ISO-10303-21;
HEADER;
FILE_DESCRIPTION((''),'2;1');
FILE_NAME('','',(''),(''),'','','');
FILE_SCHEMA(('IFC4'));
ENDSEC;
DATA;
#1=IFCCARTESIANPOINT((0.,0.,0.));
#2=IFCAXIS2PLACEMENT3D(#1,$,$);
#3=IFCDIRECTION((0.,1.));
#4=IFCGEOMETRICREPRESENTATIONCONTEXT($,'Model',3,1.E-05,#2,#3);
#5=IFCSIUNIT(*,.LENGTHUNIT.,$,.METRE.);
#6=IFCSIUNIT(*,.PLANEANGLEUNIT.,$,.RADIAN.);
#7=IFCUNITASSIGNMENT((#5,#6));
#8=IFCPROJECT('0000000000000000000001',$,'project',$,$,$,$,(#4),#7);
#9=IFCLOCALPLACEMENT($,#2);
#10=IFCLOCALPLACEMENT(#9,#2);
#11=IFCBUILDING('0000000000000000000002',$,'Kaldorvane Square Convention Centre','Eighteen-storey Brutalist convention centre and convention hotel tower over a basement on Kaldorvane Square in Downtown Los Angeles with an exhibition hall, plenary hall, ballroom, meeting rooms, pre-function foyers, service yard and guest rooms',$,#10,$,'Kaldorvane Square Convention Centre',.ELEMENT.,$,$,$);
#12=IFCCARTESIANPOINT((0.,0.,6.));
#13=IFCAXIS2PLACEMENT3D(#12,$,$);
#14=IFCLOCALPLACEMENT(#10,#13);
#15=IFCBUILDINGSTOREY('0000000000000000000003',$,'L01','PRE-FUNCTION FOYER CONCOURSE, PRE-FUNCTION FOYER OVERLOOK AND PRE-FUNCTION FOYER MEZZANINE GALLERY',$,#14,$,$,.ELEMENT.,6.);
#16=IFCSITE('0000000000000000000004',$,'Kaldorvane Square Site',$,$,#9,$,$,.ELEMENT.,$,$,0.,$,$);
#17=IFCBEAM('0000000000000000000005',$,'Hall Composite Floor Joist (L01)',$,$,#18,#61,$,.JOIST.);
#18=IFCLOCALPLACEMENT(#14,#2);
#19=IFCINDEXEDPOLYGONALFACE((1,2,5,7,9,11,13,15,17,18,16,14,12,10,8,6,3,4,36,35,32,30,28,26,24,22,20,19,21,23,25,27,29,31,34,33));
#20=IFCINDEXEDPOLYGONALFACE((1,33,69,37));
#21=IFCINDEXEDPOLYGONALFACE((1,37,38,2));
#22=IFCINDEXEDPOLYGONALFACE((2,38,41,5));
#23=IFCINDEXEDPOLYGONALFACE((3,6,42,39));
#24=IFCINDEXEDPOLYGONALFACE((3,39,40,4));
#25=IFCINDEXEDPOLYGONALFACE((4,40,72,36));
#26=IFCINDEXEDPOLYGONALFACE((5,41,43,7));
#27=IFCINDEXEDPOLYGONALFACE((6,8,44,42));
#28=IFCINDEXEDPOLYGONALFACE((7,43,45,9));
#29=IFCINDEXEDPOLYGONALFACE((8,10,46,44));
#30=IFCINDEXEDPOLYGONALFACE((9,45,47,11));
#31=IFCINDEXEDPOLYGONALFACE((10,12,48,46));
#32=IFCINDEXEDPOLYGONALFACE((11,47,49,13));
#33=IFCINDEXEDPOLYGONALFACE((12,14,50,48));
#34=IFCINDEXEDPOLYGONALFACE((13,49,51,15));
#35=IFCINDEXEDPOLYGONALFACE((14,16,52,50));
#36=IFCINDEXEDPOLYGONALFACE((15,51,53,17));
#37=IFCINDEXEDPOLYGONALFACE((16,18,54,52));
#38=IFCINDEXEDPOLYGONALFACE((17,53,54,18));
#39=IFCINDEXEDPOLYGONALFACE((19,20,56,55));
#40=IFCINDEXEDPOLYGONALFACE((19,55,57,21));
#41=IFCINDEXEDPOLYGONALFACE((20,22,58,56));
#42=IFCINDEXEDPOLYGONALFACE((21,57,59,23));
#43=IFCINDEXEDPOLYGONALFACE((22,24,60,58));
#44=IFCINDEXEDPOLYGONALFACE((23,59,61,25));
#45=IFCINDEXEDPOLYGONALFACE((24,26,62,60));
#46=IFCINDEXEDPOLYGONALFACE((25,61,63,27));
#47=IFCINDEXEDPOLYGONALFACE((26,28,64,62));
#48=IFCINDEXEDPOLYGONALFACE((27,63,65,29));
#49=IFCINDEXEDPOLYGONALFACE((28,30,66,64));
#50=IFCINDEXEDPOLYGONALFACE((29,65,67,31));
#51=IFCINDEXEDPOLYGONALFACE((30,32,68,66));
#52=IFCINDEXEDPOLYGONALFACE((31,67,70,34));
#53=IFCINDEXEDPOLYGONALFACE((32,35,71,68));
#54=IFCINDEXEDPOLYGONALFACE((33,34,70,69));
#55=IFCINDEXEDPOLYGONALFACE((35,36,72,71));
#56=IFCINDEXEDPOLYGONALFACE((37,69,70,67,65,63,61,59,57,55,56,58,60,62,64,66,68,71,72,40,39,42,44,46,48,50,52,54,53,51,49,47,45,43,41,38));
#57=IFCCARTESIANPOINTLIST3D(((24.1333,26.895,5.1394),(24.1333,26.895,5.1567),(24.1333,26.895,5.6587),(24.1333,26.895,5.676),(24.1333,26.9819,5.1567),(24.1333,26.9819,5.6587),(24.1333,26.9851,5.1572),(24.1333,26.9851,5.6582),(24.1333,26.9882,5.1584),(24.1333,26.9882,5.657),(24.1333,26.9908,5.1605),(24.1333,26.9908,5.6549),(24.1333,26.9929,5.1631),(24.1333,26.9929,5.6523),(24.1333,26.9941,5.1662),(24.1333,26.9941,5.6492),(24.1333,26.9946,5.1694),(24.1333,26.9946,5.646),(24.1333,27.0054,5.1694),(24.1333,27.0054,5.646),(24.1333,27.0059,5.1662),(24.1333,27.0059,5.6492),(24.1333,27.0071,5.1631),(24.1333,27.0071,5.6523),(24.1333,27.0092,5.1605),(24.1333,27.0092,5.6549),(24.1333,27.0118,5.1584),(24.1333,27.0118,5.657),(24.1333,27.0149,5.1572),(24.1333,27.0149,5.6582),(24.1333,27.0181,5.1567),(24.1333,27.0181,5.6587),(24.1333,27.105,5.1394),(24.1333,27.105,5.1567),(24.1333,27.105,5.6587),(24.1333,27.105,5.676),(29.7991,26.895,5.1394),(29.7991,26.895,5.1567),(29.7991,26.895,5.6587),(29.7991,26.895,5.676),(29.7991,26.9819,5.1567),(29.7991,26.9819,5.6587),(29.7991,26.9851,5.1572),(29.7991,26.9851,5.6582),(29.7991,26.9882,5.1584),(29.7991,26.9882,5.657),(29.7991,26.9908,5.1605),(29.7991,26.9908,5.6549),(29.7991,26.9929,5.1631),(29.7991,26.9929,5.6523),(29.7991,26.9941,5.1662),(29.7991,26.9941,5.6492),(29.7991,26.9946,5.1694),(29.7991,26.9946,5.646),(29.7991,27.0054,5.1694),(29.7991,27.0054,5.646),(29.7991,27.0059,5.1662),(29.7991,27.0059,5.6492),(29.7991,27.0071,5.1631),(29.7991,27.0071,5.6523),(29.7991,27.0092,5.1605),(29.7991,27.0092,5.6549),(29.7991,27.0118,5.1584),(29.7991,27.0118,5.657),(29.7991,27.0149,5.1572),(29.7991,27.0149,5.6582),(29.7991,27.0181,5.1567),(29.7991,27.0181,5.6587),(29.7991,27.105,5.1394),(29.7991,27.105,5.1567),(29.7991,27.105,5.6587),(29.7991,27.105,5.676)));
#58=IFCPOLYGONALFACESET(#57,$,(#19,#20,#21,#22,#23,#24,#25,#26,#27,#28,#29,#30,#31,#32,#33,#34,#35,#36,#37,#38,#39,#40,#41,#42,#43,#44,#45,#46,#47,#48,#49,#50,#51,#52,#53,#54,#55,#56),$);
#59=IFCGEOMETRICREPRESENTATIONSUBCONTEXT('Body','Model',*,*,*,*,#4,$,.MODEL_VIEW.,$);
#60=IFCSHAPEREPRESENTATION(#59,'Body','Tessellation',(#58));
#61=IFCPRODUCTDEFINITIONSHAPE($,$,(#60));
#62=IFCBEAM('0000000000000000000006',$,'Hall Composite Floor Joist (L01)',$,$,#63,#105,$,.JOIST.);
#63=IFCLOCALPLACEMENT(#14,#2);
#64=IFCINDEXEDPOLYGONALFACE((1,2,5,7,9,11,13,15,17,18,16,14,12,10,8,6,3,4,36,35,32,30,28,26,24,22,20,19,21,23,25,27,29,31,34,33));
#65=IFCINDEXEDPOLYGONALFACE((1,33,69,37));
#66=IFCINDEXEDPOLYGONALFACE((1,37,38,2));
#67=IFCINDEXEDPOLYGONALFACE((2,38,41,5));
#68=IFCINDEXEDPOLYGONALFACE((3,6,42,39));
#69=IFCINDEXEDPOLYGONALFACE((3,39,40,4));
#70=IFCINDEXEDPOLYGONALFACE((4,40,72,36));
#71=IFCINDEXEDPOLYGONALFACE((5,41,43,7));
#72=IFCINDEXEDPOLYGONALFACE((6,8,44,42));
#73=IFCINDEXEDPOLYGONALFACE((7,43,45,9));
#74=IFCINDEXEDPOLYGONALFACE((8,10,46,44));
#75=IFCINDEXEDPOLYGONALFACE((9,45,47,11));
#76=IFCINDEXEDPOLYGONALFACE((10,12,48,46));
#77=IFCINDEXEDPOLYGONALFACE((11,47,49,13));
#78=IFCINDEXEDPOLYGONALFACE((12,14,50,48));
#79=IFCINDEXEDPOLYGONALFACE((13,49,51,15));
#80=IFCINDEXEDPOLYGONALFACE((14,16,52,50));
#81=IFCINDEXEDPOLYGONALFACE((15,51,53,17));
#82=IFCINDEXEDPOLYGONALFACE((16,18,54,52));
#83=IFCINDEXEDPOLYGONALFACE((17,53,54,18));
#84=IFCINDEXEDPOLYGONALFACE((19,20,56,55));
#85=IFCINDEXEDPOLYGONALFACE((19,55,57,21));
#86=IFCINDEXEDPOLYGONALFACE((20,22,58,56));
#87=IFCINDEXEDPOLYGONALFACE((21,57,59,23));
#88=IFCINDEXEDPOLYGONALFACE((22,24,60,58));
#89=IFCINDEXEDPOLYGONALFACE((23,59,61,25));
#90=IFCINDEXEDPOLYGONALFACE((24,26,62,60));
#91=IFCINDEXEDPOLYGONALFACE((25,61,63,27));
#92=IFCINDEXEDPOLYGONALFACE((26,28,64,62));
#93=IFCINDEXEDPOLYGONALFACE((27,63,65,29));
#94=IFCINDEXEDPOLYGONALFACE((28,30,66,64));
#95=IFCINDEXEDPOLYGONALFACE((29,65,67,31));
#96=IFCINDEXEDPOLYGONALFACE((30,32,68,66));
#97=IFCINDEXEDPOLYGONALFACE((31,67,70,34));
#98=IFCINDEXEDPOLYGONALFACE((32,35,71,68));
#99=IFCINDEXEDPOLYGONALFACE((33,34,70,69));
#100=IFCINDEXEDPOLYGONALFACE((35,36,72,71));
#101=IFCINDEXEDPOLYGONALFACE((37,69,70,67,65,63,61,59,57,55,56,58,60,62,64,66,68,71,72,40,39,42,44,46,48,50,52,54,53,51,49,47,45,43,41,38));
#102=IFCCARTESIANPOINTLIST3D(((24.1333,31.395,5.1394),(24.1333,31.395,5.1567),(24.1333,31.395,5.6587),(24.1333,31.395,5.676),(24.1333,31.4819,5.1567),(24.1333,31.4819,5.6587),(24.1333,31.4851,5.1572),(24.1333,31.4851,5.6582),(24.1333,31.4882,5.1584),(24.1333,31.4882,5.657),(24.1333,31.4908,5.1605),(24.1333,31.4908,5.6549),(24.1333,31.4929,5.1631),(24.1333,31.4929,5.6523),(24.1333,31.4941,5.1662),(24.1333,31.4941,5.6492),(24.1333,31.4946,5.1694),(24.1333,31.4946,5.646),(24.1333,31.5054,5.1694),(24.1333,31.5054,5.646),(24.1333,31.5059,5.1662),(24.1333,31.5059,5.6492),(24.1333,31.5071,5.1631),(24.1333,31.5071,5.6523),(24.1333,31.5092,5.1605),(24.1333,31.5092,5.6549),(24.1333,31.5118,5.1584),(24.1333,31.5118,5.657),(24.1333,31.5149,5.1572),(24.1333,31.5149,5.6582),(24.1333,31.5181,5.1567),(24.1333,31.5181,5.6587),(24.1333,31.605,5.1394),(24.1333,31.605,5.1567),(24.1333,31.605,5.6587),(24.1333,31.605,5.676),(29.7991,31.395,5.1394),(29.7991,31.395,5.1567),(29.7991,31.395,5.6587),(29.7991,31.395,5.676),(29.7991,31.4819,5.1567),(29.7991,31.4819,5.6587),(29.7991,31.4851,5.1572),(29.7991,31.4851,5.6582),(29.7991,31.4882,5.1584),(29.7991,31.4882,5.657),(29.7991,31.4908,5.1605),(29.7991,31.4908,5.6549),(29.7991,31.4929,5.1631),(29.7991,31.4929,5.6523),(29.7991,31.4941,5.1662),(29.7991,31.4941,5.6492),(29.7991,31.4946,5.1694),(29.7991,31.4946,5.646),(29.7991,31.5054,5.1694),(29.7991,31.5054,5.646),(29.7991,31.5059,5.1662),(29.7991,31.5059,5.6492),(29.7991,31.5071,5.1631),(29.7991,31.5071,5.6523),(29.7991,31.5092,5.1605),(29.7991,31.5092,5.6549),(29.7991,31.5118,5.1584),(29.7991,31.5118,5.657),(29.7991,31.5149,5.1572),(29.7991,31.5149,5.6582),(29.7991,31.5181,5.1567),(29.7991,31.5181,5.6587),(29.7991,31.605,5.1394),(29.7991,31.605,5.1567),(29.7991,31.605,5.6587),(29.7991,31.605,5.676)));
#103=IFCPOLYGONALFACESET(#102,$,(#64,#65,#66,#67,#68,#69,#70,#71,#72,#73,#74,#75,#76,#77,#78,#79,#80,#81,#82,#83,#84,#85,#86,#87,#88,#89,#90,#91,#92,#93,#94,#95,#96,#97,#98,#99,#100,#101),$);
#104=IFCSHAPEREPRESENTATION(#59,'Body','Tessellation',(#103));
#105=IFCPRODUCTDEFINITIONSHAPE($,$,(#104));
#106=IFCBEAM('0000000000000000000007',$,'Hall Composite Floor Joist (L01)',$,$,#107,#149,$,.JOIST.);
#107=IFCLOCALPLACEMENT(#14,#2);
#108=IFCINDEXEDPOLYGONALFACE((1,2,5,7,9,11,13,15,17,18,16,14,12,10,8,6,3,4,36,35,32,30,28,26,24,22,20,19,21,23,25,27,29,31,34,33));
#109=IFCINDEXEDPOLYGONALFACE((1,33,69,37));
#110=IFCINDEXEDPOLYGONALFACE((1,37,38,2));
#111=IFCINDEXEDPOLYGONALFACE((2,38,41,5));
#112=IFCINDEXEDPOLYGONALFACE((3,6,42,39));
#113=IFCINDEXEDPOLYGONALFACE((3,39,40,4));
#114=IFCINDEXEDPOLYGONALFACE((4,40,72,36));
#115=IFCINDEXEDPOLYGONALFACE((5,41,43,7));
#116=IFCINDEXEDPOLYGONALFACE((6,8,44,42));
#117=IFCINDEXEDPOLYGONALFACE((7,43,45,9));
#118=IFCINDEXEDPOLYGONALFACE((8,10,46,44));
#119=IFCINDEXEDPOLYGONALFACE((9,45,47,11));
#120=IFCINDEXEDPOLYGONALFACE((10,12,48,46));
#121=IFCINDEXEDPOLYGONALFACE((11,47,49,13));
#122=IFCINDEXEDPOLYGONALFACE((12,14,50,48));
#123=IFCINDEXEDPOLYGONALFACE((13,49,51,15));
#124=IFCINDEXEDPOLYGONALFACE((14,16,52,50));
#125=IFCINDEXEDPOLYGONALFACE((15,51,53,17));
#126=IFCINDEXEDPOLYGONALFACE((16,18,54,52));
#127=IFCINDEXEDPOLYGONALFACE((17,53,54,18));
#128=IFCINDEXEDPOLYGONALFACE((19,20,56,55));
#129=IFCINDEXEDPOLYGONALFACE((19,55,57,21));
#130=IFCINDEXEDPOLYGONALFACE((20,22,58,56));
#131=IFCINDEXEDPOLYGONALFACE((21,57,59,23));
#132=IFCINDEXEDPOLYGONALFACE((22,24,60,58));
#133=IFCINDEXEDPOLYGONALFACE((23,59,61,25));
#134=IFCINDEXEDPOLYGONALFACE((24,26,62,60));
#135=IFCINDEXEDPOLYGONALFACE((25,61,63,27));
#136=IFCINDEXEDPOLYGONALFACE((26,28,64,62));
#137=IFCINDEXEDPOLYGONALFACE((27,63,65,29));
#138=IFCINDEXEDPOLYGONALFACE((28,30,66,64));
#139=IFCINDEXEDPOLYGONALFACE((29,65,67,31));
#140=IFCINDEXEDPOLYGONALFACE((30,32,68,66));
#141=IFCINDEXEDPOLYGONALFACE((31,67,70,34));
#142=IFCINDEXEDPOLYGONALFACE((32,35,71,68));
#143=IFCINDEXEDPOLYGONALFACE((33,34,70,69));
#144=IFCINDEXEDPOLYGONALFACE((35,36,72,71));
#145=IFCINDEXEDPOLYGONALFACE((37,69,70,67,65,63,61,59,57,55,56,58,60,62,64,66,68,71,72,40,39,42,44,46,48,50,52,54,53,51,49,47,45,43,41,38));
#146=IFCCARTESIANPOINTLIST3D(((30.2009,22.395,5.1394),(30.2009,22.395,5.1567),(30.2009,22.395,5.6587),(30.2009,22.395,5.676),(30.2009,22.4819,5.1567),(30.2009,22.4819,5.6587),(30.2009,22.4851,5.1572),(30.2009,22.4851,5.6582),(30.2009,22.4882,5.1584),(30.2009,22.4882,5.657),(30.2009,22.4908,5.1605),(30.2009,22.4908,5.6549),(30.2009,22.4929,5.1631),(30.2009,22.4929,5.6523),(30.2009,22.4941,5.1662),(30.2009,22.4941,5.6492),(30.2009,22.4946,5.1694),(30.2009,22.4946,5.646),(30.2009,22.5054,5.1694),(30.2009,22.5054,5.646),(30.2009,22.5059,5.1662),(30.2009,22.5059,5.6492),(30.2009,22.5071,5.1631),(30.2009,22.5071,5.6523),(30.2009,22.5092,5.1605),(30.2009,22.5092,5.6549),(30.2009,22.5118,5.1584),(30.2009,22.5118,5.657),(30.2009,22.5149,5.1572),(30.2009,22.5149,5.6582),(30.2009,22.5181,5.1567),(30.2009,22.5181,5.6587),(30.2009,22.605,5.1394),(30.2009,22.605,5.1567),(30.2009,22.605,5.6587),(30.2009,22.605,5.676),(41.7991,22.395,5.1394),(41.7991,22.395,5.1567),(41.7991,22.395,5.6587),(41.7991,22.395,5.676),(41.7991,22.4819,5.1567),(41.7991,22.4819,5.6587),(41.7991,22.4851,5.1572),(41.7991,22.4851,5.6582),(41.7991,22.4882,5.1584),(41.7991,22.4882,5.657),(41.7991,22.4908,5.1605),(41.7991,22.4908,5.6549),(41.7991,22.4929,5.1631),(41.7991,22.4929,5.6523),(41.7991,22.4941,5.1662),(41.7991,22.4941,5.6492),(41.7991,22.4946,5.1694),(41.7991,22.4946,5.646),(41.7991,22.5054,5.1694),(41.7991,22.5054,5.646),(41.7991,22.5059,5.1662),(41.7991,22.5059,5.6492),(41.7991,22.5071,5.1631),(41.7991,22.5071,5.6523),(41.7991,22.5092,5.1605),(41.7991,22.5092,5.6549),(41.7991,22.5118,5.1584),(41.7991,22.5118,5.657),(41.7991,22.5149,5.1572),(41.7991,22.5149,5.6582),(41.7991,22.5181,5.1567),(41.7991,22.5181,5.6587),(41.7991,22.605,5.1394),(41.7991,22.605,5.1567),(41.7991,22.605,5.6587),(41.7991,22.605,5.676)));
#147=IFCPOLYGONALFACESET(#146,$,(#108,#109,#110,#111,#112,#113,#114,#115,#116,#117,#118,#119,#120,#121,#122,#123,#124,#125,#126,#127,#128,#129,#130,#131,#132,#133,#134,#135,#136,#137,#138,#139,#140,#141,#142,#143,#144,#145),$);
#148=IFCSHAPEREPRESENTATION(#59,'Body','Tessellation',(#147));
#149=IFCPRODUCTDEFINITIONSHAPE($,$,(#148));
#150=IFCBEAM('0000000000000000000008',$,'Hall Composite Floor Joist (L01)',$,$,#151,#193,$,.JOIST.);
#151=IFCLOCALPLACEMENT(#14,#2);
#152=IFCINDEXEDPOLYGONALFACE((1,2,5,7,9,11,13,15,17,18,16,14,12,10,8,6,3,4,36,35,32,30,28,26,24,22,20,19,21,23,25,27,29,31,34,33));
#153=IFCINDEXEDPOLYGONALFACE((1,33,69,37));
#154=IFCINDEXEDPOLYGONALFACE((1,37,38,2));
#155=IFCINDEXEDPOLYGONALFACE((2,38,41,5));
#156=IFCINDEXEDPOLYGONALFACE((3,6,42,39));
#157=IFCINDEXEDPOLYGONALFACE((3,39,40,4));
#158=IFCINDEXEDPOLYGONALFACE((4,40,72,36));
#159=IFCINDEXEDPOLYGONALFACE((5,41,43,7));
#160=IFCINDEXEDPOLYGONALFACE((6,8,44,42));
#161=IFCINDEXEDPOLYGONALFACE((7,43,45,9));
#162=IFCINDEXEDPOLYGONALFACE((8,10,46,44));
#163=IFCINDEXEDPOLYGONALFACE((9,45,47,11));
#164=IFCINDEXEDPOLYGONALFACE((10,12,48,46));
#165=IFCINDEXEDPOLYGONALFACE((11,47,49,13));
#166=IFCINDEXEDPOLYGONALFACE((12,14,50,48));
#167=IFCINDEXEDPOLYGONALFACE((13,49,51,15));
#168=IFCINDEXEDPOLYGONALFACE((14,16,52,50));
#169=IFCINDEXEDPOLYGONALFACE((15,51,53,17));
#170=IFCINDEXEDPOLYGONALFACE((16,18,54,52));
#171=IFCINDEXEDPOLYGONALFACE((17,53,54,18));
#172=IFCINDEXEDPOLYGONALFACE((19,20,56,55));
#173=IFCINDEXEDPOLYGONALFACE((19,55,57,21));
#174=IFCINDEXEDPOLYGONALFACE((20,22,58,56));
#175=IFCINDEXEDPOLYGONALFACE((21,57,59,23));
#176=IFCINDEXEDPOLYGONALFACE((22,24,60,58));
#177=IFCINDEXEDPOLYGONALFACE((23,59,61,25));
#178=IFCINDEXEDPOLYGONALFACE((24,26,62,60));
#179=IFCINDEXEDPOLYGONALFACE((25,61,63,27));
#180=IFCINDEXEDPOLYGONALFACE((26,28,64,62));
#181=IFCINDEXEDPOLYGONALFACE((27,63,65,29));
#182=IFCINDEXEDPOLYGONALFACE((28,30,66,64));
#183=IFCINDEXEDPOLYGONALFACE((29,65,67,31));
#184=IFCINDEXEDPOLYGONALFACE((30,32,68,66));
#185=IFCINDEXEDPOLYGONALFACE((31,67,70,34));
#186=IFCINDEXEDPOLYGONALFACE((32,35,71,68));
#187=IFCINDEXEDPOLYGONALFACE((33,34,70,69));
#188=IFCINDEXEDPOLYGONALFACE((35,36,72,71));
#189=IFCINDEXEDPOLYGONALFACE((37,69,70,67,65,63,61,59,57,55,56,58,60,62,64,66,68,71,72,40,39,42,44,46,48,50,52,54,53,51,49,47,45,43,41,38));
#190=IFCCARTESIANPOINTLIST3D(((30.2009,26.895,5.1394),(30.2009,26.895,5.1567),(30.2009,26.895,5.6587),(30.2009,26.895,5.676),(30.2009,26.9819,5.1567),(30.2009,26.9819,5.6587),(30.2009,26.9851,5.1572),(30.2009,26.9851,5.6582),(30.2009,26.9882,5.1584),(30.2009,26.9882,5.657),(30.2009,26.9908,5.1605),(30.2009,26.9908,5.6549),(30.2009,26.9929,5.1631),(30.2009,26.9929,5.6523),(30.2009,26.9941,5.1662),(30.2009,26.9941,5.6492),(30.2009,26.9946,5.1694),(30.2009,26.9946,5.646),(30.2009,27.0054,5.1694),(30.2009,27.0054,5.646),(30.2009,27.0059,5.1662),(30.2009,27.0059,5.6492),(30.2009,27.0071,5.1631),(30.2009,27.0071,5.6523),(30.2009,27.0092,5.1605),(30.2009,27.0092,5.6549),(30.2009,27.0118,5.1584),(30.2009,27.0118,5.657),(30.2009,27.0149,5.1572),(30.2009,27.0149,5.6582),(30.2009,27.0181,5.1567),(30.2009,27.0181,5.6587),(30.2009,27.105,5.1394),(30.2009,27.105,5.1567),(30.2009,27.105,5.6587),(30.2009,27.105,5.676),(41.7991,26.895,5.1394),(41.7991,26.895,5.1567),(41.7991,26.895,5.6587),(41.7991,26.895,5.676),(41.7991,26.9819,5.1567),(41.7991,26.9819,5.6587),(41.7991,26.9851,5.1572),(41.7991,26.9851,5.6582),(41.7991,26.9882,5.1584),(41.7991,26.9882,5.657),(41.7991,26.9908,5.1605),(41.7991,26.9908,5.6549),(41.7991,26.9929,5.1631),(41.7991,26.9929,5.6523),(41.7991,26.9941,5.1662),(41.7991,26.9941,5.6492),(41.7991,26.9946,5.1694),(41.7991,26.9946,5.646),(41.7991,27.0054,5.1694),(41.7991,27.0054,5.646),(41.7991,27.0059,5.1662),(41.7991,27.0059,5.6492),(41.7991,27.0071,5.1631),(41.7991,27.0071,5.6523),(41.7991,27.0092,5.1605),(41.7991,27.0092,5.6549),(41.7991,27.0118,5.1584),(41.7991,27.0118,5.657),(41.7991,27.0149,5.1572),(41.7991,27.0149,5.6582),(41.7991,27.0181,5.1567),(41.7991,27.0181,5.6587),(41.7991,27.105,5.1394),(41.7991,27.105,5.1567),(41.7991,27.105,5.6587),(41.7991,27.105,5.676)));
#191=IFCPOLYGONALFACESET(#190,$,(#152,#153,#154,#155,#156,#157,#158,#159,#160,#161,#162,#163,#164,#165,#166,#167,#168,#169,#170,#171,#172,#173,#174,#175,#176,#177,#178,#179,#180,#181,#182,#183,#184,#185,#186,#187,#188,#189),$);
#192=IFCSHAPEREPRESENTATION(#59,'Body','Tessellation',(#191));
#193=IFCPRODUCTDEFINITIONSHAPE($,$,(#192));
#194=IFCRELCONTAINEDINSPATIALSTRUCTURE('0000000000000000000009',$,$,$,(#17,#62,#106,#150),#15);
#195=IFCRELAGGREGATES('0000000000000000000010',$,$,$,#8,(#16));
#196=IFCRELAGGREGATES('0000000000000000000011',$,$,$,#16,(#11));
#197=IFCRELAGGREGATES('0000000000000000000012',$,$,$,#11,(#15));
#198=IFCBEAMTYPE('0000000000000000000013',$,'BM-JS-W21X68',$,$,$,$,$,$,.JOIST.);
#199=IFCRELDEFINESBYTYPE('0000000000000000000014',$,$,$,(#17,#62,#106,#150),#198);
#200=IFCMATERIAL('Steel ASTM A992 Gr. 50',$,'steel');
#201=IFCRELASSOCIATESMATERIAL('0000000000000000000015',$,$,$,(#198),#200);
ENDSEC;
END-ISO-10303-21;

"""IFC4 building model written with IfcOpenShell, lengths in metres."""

from ifc_helpers import new_model, si_unit, direction, frame, origin, origin_2d, place, context, subcontext, project, spatial, i_section, extrude, material, material_profile, profile_set, type_object, element, save


model = new_model("IFC4")

# Units and contexts
model_context = context("Model", 3, precision=1e-05, world=origin(), true_north=direction((0.0, 1.0)))
body_context = subcontext(model_context, "Body", "Model", "MODEL_VIEW")
ifc_project = project(units=[si_unit("LENGTHUNIT", "METRE"), si_unit("PLANEANGLEUNIT", "RADIAN")], contexts=[model_context])

# Site, building, storey
site_placement = place(None, origin())
site = spatial("IfcSite", under=ifc_project, at=site_placement, Name="Kaldorvane Square Site", CompositionType="ELEMENT", RefElevation=0.0)
building_placement = place(site_placement, origin())
building = spatial("IfcBuilding", under=site, at=building_placement, Name="Kaldorvane Square Convention Centre", Description="Eighteen-storey Brutalist convention centre and convention hotel tower over a basement on Kaldorvane Square in Downtown Los Angeles with an exhibition hall, plenary hall, ballroom, meeting rooms, pre-function foyers, service yard and guest rooms", LongName="Kaldorvane Square Convention Centre", CompositionType="ELEMENT")
storey_placement = place(building_placement, frame((0.0, 0.0, 6.0)))
storey = spatial("IfcBuildingStorey", under=building, at=storey_placement, Name="L01", Description="PRE-FUNCTION FOYER CONCOURSE, PRE-FUNCTION FOYER OVERLOOK AND PRE-FUNCTION FOYER MEZZANINE GALLERY", CompositionType="ELEMENT", Elevation=6.0)

# Shared definitions
ifc_material_1 = material(Name="Steel ASTM A992 Gr. 50", Category="steel")

# Beams
ifc_material_profile_1 = material_profile(ifc_material_1, i_section(OverallWidth=0.2101, OverallDepth=0.5367, WebThickness=0.0109, FlangeThickness=0.0174, FilletRadius=0.0127, at=origin_2d()), Name="W21X68")
ifc_profile_set_1 = profile_set([ifc_material_profile_1], Name="Steel ASTM A992 Gr. 50")
beam_type_1 = type_object("IfcBeamType", Name="BM-JS-W21X68", PredefinedType="JOIST", material=ifc_profile_set_1)
for number, where, z_axis, x_axis, name in (
    (1, (24.1333, 27.0, 5.4077), (1.0, 0.0, 0.0), (0.0, 1.0, 0.0), "Hall Composite Floor Joist (L01)"),
    (2, (24.1333, 31.5, 5.4077), (1.0, 0.0, 0.0), (0.0, 1.0, 0.0), "Hall Composite Floor Joist (L01)"),
):
    element("IfcBeam", number, at=place(storey_placement, frame(where, z_axis=z_axis, x_axis=x_axis)), inside=storey, type_object=beam_type_1, Name=name, PredefinedType="JOIST", context=body_context, shape_type="SweptSolid", body=[
        extrude(i_section(OverallWidth=0.2101, OverallDepth=0.5367, WebThickness=0.0109, FlangeThickness=0.0174, FilletRadius=0.0127, at=origin_2d()), origin(), (0.0, 0.0, 1.0), 5.6658),
    ])
for number, where, z_axis, x_axis, name in (
    (3, (30.2009, 22.5, 5.4077), (1.0, 0.0, 0.0), (0.0, 1.0, 0.0), "Hall Composite Floor Joist (L01)"),
    (4, (30.2009, 27.0, 5.4077), (1.0, 0.0, 0.0), (0.0, 1.0, 0.0), "Hall Composite Floor Joist (L01)"),
):
    element("IfcBeam", number, at=place(storey_placement, frame(where, z_axis=z_axis, x_axis=x_axis)), inside=storey, type_object=beam_type_1, Name=name, PredefinedType="JOIST", context=body_context, shape_type="SweptSolid", body=[
        extrude(i_section(OverallWidth=0.2101, OverallDepth=0.5367, WebThickness=0.0109, FlangeThickness=0.0174, FilletRadius=0.0127, at=origin_2d()), origin(), (0.0, 0.0, 1.0), 11.5982),
    ])

save(model, "model.ifc")
